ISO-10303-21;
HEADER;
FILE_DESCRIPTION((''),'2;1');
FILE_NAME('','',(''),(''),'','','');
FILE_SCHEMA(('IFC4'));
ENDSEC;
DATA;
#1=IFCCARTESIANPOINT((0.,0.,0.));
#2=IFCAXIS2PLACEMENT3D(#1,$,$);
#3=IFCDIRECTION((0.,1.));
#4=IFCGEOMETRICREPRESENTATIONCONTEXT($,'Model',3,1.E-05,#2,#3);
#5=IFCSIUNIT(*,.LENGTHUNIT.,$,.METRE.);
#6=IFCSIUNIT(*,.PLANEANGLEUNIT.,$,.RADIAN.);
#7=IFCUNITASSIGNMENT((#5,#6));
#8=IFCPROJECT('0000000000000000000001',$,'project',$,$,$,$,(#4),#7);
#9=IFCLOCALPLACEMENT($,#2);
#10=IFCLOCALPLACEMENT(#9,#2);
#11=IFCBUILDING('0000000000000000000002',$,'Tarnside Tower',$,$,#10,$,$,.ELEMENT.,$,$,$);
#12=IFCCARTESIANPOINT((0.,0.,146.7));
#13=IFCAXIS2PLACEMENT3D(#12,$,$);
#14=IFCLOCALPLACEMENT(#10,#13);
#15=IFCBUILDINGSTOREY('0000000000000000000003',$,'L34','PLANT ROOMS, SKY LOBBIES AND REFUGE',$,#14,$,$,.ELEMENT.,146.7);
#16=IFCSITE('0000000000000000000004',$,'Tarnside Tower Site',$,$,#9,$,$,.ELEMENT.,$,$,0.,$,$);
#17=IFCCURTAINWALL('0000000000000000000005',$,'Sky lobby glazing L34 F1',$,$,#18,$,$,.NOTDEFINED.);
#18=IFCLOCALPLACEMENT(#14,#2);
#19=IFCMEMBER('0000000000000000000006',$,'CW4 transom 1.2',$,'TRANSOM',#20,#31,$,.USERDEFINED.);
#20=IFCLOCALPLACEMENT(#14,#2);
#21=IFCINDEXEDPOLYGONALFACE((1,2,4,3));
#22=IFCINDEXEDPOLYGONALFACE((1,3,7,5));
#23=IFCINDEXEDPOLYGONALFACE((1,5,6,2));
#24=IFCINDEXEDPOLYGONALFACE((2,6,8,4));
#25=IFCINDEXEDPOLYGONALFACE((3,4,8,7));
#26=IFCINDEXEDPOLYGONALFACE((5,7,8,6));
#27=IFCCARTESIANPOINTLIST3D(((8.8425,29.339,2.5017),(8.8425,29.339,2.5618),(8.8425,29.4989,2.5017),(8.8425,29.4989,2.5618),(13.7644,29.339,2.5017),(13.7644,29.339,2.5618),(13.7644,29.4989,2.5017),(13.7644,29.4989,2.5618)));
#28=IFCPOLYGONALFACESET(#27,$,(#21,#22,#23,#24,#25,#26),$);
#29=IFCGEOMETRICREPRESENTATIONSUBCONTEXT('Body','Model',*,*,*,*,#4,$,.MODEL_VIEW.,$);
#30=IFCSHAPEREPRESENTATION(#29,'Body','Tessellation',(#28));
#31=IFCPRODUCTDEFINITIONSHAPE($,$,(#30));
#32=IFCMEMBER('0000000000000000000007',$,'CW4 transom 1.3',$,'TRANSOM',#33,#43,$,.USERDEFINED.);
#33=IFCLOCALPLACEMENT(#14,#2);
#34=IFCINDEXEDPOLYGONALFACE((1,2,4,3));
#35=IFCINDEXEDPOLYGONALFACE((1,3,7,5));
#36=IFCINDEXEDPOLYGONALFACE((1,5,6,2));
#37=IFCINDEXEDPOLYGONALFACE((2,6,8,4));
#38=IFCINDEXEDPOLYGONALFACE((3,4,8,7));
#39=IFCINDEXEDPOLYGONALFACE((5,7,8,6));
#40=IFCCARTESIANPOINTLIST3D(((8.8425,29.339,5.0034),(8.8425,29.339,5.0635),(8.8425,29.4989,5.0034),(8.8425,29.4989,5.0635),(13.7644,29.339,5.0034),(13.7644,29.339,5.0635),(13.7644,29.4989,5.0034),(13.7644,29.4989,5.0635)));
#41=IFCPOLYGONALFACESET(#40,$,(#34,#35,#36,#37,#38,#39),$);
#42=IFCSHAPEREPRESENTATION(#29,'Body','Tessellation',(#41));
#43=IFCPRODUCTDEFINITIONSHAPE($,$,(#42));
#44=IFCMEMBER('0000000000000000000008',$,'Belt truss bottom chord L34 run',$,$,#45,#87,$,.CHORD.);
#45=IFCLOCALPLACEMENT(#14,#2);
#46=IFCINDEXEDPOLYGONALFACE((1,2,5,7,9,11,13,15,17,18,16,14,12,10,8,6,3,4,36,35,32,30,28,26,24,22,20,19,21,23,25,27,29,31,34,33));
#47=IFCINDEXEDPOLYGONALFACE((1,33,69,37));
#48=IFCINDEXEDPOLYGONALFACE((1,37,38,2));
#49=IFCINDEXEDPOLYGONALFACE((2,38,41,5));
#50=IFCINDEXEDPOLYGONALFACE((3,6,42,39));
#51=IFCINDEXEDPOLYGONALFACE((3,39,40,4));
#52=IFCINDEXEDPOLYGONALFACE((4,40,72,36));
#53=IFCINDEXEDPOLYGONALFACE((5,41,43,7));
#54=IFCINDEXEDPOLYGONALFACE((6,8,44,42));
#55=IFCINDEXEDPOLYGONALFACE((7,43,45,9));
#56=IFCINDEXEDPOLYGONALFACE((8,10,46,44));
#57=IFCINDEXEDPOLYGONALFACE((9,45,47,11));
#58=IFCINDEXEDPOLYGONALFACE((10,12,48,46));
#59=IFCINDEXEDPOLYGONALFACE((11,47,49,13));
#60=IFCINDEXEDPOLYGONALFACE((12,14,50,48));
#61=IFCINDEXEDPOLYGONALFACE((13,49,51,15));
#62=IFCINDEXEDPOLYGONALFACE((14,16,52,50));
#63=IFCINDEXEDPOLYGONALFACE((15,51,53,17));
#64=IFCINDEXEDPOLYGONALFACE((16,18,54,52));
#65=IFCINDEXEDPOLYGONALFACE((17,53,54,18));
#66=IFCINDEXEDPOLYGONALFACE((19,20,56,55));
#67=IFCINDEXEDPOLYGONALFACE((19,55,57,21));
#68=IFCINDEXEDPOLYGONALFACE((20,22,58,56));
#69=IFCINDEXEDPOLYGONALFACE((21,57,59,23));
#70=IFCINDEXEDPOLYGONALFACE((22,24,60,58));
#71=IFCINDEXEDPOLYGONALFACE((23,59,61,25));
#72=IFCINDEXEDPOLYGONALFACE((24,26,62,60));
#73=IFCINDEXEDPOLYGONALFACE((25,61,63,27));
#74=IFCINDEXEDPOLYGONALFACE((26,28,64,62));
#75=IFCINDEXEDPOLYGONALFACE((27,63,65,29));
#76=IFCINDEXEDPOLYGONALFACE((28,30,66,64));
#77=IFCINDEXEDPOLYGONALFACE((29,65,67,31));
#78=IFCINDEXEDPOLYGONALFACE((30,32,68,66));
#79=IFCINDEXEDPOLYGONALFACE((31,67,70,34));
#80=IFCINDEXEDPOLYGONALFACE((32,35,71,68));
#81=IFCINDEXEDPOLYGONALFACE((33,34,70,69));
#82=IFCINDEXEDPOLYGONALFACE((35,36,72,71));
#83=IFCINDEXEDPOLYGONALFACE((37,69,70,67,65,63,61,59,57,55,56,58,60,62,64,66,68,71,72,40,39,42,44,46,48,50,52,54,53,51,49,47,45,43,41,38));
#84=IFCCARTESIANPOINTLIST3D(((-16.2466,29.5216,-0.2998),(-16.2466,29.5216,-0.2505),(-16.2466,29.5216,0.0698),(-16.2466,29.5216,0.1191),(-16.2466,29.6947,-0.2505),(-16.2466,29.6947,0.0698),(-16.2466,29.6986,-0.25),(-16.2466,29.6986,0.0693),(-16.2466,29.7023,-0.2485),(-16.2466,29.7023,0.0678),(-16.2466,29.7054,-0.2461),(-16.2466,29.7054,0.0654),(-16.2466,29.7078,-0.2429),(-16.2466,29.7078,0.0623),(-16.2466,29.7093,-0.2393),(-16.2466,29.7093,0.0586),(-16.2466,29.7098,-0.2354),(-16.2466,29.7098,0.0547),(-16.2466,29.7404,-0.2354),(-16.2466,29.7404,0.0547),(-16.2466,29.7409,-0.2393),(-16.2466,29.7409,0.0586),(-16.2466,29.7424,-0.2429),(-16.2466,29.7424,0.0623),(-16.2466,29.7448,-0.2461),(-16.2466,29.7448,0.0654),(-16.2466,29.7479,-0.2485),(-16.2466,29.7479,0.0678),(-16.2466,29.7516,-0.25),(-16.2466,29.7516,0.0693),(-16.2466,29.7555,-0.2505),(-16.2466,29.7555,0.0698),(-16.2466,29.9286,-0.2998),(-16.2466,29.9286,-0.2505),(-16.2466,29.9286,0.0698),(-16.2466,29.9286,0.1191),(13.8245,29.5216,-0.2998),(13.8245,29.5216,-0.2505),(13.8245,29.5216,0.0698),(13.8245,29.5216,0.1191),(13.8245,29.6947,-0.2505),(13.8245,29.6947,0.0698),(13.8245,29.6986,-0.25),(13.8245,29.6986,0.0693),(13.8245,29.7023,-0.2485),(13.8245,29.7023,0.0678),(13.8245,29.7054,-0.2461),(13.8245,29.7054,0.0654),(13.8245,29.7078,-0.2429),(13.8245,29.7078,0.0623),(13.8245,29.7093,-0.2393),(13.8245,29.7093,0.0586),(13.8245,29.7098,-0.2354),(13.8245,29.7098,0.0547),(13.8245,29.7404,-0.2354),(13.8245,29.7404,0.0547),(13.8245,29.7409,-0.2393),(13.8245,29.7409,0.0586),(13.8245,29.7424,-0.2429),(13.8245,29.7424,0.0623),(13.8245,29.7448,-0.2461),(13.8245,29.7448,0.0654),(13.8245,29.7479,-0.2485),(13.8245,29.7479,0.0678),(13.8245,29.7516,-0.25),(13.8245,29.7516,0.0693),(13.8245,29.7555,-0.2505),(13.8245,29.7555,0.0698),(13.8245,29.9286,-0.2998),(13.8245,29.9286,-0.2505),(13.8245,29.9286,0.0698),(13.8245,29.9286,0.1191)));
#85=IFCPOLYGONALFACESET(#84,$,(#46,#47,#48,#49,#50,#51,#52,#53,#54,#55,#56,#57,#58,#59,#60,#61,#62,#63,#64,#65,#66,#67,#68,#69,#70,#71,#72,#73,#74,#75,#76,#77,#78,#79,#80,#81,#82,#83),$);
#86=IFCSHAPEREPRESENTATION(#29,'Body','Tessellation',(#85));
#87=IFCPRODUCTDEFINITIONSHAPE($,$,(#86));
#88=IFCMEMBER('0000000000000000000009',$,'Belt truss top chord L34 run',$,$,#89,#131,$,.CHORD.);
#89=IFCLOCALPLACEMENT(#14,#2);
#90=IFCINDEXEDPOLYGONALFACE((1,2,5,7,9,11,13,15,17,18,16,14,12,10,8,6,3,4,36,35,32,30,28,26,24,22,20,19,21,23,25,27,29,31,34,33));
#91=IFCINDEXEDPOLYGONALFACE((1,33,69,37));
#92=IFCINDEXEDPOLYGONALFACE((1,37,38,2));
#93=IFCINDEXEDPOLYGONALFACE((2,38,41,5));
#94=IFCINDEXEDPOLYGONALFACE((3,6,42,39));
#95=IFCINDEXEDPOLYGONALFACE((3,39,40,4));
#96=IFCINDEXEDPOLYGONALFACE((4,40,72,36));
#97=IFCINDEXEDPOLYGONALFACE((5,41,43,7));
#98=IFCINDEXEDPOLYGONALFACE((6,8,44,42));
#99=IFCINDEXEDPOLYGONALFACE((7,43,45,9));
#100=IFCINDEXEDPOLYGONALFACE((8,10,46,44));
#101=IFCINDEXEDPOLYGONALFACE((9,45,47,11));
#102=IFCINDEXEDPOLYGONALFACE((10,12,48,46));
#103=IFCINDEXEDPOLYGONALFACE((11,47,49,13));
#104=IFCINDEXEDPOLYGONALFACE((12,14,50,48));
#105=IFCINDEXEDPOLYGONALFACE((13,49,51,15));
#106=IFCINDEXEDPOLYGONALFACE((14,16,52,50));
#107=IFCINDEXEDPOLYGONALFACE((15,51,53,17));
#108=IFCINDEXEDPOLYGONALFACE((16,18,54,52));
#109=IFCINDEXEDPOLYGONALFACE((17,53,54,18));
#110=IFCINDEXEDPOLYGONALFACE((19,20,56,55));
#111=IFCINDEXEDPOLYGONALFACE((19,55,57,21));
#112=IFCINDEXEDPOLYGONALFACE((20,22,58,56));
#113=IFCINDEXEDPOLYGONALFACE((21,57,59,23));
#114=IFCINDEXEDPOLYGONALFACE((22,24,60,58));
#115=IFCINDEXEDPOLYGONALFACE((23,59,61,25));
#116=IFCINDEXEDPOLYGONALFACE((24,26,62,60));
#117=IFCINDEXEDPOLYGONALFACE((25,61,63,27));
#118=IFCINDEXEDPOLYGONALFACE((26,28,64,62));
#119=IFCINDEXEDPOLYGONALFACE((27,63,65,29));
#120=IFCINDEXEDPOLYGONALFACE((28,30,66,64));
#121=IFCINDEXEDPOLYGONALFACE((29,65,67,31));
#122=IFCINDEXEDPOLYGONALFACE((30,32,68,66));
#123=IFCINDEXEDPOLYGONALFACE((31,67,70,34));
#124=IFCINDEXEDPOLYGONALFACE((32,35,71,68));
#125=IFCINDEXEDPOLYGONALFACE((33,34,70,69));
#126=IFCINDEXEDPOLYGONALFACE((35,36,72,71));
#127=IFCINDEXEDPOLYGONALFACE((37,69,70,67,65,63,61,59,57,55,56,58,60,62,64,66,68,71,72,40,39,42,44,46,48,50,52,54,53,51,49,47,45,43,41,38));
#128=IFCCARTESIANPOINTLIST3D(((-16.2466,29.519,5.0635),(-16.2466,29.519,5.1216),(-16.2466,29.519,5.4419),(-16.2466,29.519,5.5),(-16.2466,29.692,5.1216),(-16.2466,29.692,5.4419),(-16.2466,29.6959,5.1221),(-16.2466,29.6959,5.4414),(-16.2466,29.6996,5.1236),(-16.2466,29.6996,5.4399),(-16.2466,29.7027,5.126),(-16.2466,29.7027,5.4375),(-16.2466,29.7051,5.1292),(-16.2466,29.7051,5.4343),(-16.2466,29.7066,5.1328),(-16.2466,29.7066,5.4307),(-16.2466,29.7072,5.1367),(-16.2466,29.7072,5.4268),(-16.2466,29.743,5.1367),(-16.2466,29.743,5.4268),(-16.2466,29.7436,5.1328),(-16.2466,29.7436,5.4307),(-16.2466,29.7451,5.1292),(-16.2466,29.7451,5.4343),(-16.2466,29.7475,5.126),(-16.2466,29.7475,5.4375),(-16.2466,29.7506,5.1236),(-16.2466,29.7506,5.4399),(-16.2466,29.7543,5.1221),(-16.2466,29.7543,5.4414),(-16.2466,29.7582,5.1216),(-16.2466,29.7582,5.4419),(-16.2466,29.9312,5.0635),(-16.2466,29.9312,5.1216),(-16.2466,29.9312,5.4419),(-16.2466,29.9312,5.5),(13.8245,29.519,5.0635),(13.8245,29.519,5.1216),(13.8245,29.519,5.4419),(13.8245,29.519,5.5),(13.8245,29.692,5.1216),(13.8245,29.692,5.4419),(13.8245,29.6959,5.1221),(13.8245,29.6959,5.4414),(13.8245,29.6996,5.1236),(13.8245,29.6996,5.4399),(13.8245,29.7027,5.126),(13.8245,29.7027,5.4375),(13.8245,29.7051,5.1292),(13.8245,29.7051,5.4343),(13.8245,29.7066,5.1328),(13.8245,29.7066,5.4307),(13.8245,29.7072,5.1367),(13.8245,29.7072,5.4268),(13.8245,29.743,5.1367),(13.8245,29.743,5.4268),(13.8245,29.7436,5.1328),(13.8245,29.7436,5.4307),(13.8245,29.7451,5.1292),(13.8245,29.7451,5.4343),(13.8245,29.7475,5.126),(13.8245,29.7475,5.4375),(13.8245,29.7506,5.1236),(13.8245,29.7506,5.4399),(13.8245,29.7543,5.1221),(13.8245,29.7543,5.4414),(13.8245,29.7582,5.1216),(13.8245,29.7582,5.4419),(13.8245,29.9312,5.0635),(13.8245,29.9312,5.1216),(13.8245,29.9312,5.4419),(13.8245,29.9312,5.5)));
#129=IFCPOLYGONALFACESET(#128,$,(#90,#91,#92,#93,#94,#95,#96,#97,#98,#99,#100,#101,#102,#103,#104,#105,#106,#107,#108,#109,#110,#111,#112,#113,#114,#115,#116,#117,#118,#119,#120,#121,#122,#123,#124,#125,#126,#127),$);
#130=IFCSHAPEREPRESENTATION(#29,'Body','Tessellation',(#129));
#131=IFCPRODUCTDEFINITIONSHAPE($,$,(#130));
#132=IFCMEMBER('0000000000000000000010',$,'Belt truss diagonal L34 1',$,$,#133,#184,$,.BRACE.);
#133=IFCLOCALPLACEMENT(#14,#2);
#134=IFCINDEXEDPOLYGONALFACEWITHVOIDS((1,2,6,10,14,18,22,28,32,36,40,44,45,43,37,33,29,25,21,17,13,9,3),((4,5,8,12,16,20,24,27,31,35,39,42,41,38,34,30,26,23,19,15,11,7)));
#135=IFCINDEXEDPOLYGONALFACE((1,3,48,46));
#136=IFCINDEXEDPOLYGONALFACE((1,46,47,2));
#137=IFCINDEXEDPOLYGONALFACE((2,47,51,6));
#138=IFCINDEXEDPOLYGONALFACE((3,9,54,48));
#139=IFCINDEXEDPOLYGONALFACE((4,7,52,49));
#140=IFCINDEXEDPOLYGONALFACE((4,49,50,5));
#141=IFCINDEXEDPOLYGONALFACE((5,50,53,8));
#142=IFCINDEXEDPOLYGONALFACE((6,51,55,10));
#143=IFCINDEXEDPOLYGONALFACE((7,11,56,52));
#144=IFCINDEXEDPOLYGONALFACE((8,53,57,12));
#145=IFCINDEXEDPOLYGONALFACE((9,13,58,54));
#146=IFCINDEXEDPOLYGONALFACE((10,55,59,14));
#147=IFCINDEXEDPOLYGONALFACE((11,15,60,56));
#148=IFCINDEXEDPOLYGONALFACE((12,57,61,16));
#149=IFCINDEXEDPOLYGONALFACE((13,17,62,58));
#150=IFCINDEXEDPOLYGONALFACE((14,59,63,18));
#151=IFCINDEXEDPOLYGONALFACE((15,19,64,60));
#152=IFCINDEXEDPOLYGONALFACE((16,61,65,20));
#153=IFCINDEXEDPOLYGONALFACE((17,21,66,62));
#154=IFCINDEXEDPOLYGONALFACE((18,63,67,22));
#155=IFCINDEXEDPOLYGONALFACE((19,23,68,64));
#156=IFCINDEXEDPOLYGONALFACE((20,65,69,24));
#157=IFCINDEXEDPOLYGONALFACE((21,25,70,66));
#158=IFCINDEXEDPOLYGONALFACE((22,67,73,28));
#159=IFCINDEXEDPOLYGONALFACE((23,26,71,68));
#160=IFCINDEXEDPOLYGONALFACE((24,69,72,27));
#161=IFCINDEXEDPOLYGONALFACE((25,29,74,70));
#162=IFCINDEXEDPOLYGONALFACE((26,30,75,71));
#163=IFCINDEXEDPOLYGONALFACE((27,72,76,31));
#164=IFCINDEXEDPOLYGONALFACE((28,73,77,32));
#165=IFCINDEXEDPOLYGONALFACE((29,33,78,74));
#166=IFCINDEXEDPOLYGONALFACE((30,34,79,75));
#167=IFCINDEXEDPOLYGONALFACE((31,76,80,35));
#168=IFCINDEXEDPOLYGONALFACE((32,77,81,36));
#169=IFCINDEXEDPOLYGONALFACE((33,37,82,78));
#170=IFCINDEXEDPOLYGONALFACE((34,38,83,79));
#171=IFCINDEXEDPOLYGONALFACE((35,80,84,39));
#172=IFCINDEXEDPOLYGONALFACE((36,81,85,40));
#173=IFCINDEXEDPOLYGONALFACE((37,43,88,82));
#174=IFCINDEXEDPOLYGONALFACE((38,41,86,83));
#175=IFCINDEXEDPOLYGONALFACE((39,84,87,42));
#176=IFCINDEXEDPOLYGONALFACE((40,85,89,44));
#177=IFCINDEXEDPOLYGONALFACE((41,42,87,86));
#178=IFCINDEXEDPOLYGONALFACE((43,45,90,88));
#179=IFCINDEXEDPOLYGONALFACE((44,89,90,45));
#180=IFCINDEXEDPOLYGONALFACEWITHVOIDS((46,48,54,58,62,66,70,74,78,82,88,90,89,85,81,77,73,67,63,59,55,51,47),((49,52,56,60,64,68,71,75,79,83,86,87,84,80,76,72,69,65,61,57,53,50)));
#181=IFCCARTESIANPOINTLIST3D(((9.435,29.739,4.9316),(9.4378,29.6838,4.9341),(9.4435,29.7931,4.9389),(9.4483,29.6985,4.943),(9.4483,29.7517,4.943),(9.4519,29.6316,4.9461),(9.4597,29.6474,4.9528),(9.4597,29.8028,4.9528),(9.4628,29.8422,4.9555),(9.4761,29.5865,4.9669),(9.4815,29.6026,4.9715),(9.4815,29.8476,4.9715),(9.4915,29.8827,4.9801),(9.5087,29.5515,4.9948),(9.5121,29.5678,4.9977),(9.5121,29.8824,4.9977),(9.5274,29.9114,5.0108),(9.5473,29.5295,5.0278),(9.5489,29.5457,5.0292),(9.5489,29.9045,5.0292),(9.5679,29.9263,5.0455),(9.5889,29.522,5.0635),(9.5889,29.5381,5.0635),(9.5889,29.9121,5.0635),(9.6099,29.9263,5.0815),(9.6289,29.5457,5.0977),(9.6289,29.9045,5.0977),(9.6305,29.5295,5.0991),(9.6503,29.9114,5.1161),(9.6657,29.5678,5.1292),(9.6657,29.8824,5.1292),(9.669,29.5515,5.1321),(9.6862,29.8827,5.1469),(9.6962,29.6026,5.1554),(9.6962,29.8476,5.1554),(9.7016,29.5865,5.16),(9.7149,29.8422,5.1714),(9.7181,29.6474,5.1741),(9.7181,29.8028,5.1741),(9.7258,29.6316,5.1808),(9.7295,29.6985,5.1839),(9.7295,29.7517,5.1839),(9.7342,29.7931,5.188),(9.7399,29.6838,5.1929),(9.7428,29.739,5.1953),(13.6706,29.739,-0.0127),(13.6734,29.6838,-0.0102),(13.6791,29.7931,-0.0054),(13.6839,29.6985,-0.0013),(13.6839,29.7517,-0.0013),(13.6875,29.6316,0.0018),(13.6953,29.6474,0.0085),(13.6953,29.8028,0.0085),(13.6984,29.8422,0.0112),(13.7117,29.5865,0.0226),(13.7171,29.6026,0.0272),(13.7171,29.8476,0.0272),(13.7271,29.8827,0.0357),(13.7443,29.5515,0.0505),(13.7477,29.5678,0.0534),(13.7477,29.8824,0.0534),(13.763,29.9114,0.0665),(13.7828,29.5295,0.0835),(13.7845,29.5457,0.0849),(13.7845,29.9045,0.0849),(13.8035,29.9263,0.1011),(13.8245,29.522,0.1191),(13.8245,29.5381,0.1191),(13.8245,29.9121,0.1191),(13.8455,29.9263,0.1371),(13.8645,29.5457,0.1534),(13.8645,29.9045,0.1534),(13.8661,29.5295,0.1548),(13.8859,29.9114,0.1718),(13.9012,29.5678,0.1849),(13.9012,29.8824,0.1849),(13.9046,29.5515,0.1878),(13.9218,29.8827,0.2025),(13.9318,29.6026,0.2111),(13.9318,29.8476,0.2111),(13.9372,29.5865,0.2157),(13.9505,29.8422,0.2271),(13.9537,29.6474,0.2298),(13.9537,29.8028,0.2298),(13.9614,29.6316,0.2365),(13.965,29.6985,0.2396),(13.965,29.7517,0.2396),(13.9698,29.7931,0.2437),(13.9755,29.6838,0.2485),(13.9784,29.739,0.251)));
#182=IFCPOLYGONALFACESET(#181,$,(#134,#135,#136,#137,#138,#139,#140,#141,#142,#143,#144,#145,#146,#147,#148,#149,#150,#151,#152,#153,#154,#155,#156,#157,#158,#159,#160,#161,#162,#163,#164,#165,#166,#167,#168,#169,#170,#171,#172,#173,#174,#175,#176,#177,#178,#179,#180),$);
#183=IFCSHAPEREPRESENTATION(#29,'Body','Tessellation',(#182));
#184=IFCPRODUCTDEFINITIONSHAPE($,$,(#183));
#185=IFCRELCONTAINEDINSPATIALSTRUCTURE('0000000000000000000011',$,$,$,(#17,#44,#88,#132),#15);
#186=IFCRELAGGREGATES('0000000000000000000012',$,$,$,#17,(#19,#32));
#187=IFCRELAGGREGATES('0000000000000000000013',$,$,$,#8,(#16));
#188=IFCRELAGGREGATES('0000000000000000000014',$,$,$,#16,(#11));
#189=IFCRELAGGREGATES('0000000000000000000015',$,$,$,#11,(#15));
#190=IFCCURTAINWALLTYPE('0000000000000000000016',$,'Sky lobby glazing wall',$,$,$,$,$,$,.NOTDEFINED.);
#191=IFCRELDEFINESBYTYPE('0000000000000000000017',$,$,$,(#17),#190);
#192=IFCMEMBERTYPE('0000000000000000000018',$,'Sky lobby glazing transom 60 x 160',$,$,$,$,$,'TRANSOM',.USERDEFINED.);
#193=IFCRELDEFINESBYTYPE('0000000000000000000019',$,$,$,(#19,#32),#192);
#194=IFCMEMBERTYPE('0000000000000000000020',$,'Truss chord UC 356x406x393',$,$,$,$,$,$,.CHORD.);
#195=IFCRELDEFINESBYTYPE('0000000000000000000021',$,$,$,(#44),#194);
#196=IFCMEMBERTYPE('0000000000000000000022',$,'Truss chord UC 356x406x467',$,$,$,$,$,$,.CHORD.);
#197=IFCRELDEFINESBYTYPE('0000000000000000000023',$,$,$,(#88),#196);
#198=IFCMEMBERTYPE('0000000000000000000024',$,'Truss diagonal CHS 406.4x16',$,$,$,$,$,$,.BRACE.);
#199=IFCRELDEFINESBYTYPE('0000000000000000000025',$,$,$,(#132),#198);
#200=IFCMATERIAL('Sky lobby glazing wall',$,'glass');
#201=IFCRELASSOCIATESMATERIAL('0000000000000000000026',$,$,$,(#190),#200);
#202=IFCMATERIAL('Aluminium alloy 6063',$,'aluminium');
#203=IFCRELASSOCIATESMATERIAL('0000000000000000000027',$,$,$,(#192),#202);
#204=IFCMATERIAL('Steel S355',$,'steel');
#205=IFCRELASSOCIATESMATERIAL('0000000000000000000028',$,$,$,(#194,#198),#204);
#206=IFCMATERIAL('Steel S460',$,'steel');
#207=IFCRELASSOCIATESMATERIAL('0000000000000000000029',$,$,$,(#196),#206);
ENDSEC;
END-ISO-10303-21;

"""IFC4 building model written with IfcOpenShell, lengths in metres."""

from ifc_helpers import new_model, si_unit, direction, frame, origin, origin_2d, place, context, subcontext, project, spatial, rectangle, hollow_circle, i_section, extrude, material, material_profile, profile_set, type_object, element, aggregate, save


model = new_model("IFC4")

# Units and contexts
model_context = context("Model", 3, precision=1e-05, world=origin(), true_north=direction((0.0, 1.0)))
body_context = subcontext(model_context, "Body", "Model", "MODEL_VIEW")
ifc_project = project(units=[si_unit("LENGTHUNIT", "METRE"), si_unit("PLANEANGLEUNIT", "RADIAN")], contexts=[model_context])

# Site, building, storey
site_placement = place(None, origin())
site = spatial("IfcSite", under=ifc_project, at=site_placement, Name="Tarnside Tower Site", CompositionType="ELEMENT", RefElevation=0.0)
building_placement = place(site_placement, origin())
building = spatial("IfcBuilding", under=site, at=building_placement, Name="Tarnside Tower", CompositionType="ELEMENT")
storey_placement = place(building_placement, frame((0.0, 0.0, 146.7)))
storey = spatial("IfcBuildingStorey", under=building, at=storey_placement, Name="L34", Description="PLANT ROOMS, SKY LOBBIES AND REFUGE", CompositionType="ELEMENT", Elevation=146.7)

# Shared definitions
ifc_material_1 = material(Name="Steel S355", Category="steel")

# Curtain wall, members
ifc_material_2 = material(Name="Sky lobby glazing wall", Category="glass")
curtain_wall_type = type_object("IfcCurtainWallType", Name="Sky lobby glazing wall", PredefinedType="NOTDEFINED", material=ifc_material_2)
curtain_wall_placement = place(storey_placement, origin())
curtain_wall = element("IfcCurtainWall", 1, at=curtain_wall_placement, inside=storey, type_object=curtain_wall_type, Name="Sky lobby glazing L34 F1", PredefinedType="NOTDEFINED")
ifc_material_3 = material(Name="Aluminium alloy 6063", Category="aluminium")
ifc_material_profile_1 = material_profile(ifc_material_3, rectangle(XDim=0.1599, YDim=0.0601, at=origin_2d()), Name="Sky lobby glazing transom 60 x 160")
ifc_profile_set_1 = profile_set([ifc_material_profile_1], Name="Aluminium alloy 6063")
member_type_1 = type_object("IfcMemberType", Name="Sky lobby glazing transom 60 x 160", ElementType="TRANSOM", PredefinedType="USERDEFINED", material=ifc_profile_set_1)
member_1_placement = place(storey_placement, frame((13.7644, 29.4189, 2.5317), z_axis=(-1.0, 0.0, 0.0), x_axis=(0.0, -1.0, 0.0)))
member_1 = element("IfcMember", 2, at=member_1_placement, type_object=member_type_1, Name="CW4 transom 1.2", ObjectType="TRANSOM", PredefinedType="USERDEFINED", context=body_context, shape_type="SweptSolid", body=[
    extrude(rectangle(XDim=0.1599, YDim=0.0601, at=origin_2d()), origin(), (0.0, 0.0, 1.0), 4.9219),
])
member_2_placement = place(storey_placement, frame((13.7644, 29.4189, 5.0334), z_axis=(-1.0, 0.0, 0.0), x_axis=(0.0, -1.0, 0.0)))
member_2 = element("IfcMember", 3, at=member_2_placement, type_object=member_type_1, Name="CW4 transom 1.3", ObjectType="TRANSOM", PredefinedType="USERDEFINED", context=body_context, shape_type="SweptSolid", body=[
    extrude(rectangle(XDim=0.1599, YDim=0.0601, at=origin_2d()), origin(), (0.0, 0.0, 1.0), 4.9219),
])
aggregate(curtain_wall, [member_1, member_2])

# Members
ifc_material_profile_2 = material_profile(ifc_material_1, i_section(OverallWidth=0.407, OverallDepth=0.4189, WebThickness=0.0305, FlangeThickness=0.0493, FilletRadius=0.0151, at=origin_2d()), Name="UC 356x406x393")
ifc_profile_set_2 = profile_set([ifc_material_profile_2], Name="Steel S355")
member_type_2 = type_object("IfcMemberType", Name="Truss chord UC 356x406x393", PredefinedType="CHORD", material=ifc_profile_set_2)
member_3_placement = place(storey_placement, frame((13.8245, 29.7251, -0.0903), z_axis=(-1.0, 0.0, 0.0), x_axis=(0.0, -1.0, 0.0)))
element("IfcMember", 4, at=member_3_placement, inside=storey, type_object=member_type_2, Name="Belt truss bottom chord L34 run", PredefinedType="CHORD", context=body_context, shape_type="SweptSolid", body=[
    extrude(i_section(OverallWidth=0.407, OverallDepth=0.4189, WebThickness=0.0305, FlangeThickness=0.0493, FilletRadius=0.0151, at=origin_2d()), origin(), (0.0, 0.0, 1.0), 30.071),
])
ifc_material_4 = material(Name="Steel S460", Category="steel")
ifc_material_profile_3 = material_profile(ifc_material_4, i_section(OverallWidth=0.4121, OverallDepth=0.4365, WebThickness=0.0359, FlangeThickness=0.0581, FilletRadius=0.0151, at=origin_2d()), Name="UC 356x406x467")
ifc_profile_set_3 = profile_set([ifc_material_profile_3], Name="Steel S460")
member_type_3 = type_object("IfcMemberType", Name="Truss chord UC 356x406x467", PredefinedType="CHORD", material=ifc_profile_set_3)
member_4_placement = place(storey_placement, frame((13.8245, 29.7251, 5.2817), z_axis=(-1.0, 0.0, 0.0), x_axis=(0.0, -1.0, 0.0)))
element("IfcMember", 5, at=member_4_placement, inside=storey, type_object=member_type_3, Name="Belt truss top chord L34 run", PredefinedType="CHORD", context=body_context, shape_type="SweptSolid", body=[
    extrude(i_section(OverallWidth=0.4121, OverallDepth=0.4365, WebThickness=0.0359, FlangeThickness=0.0581, FilletRadius=0.0151, at=origin_2d()), origin(), (0.0, 0.0, 1.0), 30.071),
])
ifc_material_profile_4 = material_profile(ifc_material_1, hollow_circle(Radius=0.2031, WallThickness=0.0161, at=origin_2d()), Name="CHS 406.4x16")
ifc_profile_set_4 = profile_set([ifc_material_profile_4], Name="Steel S355")
member_type_4 = type_object("IfcMemberType", Name="Truss diagonal CHS 406.4x16", PredefinedType="BRACE", material=ifc_profile_set_4)
member_5_placement = place(storey_placement, frame((13.8245, 29.7251, 0.1191), z_axis=(-0.650578, 0.0, 0.759439), x_axis=(0.0, -1.0, 0.0)))
element("IfcMember", 6, at=member_5_placement, inside=storey, type_object=member_type_4, Name="Belt truss diagonal L34 1", PredefinedType="BRACE", context=body_context, shape_type="SweptSolid", body=[
    extrude(hollow_circle(Radius=0.2031, WallThickness=0.0161, at=origin_2d()), origin(), (0.0, 0.0, 1.0), 6.5105),
])

save(model, "model.ifc")
